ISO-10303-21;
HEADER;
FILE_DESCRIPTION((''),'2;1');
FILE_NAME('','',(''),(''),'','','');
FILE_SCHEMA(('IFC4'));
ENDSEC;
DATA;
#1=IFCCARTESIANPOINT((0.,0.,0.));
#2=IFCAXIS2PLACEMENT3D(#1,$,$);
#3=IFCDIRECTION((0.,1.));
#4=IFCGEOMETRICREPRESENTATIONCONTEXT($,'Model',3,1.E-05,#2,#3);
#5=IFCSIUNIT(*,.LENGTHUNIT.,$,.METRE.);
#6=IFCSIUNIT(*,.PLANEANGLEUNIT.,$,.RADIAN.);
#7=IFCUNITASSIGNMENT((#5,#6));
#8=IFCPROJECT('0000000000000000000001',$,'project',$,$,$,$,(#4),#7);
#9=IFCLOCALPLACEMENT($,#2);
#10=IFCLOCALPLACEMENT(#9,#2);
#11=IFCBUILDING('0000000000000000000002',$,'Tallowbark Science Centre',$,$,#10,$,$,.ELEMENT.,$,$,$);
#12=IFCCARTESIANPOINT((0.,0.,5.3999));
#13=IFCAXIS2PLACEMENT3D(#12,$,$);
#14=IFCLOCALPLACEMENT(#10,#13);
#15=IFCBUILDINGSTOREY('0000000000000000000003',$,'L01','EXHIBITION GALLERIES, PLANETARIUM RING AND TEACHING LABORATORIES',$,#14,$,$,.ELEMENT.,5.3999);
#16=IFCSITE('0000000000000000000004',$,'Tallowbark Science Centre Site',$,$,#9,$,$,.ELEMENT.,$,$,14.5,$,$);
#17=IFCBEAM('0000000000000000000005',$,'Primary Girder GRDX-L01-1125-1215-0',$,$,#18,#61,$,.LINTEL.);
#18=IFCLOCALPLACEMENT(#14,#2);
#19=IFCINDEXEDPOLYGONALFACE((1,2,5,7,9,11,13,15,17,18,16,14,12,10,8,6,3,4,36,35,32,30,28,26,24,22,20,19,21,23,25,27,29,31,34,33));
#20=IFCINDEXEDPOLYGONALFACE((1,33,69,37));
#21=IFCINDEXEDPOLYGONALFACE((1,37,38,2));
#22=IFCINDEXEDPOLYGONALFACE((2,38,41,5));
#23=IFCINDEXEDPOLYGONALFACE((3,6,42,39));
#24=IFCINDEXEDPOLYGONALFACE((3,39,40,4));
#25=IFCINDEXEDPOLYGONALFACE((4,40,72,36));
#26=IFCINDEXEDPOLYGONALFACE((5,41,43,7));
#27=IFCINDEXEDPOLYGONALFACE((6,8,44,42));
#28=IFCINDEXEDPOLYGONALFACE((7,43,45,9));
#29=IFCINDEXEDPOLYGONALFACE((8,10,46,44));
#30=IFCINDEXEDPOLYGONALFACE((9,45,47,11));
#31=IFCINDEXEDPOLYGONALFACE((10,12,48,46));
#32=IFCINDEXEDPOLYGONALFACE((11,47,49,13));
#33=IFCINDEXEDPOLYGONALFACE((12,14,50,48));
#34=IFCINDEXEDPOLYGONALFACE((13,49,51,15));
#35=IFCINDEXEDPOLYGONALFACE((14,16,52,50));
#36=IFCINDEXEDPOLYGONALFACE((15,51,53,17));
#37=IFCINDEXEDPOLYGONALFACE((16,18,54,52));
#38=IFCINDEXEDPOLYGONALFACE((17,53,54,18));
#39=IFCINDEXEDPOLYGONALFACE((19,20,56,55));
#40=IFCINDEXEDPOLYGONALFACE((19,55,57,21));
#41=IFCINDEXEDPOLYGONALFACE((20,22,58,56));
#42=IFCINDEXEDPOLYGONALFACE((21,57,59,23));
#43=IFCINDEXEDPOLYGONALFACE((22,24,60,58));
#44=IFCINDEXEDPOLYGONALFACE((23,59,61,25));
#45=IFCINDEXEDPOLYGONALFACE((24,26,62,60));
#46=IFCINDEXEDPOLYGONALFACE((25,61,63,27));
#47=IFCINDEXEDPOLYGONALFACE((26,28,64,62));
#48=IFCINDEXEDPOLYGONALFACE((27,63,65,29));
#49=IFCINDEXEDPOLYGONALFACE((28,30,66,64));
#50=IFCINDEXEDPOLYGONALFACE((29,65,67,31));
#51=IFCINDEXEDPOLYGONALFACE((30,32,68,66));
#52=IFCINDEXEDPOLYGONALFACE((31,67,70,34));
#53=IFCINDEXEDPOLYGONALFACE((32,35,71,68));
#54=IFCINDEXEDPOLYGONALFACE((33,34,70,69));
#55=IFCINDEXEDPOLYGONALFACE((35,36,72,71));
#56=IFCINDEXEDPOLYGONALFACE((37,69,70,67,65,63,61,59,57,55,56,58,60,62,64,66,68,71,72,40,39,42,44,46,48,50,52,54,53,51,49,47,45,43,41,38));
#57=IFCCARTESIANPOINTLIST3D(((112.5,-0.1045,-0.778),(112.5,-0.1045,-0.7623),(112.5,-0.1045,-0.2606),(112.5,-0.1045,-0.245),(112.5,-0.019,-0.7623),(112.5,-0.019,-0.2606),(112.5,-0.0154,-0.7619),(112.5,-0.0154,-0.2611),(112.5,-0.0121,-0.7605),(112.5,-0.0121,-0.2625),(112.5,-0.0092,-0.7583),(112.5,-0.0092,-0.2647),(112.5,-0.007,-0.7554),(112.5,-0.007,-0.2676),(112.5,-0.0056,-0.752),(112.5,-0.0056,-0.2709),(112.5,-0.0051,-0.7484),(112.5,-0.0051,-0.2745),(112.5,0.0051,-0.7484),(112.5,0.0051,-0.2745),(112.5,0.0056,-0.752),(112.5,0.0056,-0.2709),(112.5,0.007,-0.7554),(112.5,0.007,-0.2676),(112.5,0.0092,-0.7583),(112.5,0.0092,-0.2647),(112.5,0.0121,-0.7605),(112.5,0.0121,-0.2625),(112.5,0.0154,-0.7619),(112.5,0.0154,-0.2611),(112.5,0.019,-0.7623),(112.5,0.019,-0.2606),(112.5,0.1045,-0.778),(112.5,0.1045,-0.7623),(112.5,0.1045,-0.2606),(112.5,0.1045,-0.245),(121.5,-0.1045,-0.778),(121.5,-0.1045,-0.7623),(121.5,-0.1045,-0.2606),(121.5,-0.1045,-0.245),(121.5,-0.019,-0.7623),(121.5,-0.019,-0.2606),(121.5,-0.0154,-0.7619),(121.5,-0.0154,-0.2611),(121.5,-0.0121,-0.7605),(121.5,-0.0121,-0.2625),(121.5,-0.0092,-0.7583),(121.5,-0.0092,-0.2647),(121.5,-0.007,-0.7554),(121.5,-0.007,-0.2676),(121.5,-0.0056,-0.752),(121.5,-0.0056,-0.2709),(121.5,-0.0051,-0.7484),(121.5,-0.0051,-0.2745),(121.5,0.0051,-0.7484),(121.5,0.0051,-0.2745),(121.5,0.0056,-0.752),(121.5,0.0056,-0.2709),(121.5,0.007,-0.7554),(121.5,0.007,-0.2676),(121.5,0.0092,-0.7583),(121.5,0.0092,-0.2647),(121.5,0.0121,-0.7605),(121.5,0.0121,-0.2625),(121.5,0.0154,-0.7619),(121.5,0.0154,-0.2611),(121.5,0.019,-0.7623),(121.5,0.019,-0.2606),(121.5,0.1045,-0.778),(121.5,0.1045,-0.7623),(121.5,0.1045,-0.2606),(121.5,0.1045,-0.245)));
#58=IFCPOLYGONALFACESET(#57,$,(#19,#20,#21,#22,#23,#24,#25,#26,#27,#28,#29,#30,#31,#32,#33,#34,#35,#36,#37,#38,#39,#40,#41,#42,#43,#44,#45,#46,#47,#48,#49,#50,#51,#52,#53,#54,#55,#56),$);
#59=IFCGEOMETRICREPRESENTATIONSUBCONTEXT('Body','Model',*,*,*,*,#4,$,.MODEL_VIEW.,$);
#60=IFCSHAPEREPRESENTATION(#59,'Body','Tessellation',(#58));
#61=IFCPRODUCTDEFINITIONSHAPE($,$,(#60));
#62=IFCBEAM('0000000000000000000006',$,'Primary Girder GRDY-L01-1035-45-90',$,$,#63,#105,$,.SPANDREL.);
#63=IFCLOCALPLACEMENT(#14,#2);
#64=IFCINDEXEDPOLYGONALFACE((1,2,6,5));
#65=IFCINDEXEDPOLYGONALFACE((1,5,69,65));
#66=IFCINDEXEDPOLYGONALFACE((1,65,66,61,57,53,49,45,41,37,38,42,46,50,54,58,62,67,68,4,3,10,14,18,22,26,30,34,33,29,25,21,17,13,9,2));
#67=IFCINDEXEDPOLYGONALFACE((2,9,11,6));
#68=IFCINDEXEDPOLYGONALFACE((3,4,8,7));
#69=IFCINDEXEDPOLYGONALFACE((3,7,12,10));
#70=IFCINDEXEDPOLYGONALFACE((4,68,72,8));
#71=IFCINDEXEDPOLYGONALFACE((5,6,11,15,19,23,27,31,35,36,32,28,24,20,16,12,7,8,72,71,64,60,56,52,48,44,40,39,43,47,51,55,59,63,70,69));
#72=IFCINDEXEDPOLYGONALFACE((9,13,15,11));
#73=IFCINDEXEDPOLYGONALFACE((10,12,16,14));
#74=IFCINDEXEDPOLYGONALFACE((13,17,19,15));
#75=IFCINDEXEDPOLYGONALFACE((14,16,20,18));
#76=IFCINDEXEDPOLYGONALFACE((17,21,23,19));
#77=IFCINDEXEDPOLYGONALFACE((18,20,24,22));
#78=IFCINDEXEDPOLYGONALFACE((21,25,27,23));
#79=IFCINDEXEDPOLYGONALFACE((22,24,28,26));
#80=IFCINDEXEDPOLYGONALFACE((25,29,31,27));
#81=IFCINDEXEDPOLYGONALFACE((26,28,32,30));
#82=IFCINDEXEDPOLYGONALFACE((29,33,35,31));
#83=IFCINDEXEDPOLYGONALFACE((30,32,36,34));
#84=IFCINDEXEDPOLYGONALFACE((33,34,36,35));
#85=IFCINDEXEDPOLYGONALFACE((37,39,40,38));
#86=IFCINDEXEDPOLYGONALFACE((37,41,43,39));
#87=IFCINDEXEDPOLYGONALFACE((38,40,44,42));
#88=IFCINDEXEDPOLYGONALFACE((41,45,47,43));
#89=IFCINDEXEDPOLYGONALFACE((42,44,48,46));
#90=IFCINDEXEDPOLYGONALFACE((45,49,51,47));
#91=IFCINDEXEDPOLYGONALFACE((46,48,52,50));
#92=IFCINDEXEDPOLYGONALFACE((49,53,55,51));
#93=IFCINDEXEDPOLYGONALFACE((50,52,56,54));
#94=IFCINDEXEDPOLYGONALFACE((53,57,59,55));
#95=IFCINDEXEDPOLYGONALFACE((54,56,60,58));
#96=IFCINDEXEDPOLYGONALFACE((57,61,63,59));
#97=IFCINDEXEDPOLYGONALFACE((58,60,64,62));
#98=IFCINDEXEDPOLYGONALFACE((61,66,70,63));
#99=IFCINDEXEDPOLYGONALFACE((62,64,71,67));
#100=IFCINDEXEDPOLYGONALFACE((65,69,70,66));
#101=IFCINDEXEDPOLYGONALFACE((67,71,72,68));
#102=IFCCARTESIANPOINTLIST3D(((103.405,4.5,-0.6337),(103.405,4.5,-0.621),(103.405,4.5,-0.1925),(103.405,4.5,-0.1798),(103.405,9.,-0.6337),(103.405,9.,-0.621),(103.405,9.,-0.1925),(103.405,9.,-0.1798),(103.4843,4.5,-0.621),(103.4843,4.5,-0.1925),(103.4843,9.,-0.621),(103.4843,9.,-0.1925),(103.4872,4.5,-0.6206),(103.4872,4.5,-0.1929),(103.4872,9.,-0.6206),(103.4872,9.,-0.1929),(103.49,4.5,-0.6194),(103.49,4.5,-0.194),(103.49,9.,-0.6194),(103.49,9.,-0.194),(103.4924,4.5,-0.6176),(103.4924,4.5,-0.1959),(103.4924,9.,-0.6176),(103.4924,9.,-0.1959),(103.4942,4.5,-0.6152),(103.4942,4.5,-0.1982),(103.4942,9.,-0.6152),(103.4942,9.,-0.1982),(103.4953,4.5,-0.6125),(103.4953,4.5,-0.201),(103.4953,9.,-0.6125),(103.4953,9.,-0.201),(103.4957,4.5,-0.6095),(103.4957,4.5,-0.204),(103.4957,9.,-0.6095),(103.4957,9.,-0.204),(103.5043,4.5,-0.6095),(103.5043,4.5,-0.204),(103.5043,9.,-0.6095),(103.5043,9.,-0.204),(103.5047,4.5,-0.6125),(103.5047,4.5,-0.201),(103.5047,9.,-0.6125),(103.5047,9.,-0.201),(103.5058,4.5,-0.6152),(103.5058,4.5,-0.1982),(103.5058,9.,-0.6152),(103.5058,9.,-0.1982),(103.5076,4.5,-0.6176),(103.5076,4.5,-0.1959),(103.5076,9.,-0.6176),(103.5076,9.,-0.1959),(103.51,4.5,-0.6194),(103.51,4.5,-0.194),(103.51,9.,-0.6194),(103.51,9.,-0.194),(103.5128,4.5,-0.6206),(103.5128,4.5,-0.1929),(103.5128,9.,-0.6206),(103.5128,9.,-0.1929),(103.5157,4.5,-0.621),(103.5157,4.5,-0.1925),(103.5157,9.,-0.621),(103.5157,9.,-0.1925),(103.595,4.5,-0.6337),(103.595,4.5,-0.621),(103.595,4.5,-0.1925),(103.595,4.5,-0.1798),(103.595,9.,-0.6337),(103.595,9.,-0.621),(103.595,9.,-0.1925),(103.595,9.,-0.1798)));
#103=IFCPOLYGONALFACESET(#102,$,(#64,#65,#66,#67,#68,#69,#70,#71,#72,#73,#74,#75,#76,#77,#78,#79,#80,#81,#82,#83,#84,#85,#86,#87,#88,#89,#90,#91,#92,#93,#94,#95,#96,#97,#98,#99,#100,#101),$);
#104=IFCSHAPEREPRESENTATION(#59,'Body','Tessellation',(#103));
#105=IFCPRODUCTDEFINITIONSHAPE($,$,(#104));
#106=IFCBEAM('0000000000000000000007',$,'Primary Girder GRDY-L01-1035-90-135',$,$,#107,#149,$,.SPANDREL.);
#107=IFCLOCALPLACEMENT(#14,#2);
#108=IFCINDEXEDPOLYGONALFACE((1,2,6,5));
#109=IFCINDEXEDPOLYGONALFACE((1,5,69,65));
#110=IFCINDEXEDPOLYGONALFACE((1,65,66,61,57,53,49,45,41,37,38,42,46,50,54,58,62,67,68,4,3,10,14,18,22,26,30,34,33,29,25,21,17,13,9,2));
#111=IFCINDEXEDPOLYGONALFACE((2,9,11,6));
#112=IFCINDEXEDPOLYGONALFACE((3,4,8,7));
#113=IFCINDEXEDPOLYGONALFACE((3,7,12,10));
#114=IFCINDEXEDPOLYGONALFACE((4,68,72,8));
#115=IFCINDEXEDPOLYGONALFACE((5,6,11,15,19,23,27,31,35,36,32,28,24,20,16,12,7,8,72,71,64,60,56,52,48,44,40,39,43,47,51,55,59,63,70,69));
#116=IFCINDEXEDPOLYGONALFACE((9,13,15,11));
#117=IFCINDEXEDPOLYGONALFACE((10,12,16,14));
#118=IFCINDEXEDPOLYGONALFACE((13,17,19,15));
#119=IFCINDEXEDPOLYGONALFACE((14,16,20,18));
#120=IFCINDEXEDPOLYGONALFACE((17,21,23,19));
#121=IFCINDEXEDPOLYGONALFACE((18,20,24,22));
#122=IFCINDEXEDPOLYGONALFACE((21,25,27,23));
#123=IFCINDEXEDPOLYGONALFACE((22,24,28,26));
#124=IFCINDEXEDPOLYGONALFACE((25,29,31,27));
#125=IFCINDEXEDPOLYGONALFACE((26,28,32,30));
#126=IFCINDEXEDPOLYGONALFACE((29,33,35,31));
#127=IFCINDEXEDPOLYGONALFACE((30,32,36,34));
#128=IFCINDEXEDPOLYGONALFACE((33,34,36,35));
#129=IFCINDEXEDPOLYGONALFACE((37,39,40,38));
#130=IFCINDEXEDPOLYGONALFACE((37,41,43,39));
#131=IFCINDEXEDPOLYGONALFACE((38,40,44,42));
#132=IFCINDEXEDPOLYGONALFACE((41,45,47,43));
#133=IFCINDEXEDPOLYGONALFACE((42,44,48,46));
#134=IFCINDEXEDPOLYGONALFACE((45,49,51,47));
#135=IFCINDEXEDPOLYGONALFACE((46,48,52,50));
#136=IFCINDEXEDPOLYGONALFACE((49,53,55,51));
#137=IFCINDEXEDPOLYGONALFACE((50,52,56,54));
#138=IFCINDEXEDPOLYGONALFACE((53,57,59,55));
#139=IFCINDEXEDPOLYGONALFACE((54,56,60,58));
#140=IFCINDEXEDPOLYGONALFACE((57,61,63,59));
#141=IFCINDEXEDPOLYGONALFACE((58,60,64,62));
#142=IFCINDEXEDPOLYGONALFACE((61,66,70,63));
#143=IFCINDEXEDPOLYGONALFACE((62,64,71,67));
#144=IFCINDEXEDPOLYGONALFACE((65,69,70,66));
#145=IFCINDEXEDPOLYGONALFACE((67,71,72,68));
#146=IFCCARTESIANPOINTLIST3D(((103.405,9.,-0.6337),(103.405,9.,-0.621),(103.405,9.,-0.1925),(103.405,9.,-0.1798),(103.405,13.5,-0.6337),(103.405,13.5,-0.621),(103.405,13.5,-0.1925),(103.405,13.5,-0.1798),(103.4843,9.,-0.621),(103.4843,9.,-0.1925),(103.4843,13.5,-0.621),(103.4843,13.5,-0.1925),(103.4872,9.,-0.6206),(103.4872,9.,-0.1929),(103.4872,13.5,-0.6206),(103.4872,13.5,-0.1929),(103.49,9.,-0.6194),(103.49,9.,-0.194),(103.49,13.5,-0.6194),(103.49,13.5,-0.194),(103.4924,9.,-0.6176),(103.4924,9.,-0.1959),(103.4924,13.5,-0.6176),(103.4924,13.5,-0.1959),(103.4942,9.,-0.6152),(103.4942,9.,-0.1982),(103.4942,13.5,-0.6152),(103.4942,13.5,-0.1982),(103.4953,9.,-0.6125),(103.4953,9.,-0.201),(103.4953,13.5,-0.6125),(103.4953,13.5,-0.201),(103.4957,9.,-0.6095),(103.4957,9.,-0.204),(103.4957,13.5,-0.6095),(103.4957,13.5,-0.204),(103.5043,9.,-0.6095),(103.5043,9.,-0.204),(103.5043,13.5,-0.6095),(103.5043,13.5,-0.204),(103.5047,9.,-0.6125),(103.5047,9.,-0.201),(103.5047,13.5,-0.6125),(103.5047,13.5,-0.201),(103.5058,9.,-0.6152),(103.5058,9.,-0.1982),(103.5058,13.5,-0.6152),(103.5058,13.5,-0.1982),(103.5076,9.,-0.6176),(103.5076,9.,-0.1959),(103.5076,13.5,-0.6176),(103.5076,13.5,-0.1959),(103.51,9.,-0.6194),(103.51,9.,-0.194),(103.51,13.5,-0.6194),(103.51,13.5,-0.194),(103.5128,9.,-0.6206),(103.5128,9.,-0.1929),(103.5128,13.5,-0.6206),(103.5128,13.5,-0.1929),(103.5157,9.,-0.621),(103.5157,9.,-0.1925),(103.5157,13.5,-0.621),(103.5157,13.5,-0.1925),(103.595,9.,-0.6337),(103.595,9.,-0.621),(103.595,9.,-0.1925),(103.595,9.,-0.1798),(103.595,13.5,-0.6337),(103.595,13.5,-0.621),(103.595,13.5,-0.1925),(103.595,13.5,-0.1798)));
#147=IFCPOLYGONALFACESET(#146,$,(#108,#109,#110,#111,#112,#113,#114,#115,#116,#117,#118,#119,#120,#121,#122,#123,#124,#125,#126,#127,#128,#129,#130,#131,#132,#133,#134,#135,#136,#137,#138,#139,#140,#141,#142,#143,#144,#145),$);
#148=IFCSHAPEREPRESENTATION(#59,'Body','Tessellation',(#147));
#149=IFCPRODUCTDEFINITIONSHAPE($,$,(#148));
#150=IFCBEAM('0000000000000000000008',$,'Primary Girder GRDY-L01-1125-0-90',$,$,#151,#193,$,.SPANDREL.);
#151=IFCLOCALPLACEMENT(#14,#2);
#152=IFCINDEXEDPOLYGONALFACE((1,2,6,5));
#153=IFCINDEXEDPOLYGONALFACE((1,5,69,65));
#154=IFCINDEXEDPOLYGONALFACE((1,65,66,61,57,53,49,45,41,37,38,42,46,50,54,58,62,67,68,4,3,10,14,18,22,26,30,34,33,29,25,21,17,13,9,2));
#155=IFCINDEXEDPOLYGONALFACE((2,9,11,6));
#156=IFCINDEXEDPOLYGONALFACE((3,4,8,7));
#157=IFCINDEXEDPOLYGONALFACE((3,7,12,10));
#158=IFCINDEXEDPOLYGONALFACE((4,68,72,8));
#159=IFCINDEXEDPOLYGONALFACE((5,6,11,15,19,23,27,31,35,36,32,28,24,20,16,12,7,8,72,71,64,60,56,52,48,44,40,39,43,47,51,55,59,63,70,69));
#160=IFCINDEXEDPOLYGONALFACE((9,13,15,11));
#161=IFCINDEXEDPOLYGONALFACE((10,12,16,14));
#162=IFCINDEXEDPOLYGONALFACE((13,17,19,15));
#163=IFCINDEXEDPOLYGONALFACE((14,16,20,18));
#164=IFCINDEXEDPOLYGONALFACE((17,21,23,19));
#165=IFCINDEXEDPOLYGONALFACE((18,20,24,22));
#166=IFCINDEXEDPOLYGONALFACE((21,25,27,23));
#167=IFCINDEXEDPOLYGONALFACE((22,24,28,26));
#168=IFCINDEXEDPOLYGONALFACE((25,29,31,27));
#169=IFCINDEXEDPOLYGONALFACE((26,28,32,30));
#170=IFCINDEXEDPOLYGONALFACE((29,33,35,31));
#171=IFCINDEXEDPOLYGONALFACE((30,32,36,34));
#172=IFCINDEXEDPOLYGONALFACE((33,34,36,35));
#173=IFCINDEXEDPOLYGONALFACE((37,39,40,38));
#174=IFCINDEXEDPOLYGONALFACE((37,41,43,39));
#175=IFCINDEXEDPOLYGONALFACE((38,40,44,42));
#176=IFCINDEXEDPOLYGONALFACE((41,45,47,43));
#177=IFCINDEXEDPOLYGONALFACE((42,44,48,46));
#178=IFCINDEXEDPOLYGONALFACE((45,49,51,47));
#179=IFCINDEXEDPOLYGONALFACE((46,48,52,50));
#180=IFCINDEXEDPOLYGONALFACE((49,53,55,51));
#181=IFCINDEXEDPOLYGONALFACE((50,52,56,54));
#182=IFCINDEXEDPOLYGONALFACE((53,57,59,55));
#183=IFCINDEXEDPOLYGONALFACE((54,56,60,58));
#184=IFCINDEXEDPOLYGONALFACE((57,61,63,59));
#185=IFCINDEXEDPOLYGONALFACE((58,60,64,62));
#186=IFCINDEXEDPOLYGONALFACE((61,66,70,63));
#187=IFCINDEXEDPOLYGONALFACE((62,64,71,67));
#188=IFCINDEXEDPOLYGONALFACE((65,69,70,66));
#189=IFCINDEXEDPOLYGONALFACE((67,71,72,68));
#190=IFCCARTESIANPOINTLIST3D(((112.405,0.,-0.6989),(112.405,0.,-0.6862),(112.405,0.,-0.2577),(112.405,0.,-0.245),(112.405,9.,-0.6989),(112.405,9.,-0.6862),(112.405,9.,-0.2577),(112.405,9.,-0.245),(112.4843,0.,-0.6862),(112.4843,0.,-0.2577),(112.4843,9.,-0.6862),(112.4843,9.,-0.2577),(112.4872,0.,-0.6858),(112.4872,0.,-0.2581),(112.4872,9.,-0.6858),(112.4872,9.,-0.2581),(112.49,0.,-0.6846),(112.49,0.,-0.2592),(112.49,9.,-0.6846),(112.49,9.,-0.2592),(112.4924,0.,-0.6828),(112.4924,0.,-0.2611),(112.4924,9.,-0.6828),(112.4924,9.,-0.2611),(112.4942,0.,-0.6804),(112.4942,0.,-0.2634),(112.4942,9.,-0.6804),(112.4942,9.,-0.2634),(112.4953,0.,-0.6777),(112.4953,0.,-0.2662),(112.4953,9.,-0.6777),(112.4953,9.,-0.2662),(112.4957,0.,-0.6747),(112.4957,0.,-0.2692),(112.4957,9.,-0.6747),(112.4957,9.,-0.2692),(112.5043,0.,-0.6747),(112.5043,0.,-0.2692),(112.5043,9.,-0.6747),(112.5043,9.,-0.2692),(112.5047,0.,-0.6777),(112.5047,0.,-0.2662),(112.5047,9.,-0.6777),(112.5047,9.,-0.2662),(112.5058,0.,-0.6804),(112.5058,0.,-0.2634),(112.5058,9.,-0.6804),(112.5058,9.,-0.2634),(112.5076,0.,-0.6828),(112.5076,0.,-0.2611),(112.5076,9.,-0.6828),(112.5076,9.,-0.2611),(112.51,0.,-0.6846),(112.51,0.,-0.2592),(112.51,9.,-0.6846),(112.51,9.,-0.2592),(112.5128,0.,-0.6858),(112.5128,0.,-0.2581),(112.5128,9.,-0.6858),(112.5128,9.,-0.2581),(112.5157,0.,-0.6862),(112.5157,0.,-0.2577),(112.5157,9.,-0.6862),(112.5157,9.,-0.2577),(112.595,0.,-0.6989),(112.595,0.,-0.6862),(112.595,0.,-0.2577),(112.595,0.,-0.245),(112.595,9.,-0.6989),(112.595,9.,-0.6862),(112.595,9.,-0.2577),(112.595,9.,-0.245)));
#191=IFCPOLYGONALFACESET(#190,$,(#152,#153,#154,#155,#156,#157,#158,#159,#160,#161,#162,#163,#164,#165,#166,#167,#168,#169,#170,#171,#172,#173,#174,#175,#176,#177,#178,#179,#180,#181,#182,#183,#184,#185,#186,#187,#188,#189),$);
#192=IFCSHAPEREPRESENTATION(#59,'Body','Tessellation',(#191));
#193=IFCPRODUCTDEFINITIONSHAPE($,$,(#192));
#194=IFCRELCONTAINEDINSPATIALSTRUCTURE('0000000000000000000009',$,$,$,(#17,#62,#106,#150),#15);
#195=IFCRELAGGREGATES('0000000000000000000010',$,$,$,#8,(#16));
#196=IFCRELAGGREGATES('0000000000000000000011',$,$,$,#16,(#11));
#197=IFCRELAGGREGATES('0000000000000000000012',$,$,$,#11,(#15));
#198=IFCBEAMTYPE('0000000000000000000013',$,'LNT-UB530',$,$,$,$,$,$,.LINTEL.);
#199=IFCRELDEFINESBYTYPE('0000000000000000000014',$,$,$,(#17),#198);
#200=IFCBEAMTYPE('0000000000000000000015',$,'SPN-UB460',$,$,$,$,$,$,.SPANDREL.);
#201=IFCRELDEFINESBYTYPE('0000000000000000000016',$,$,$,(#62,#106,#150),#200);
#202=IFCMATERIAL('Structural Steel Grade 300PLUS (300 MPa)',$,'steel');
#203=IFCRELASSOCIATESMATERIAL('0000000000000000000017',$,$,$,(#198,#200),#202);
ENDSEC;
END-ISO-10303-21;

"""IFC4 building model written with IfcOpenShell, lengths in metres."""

from ifc_helpers import new_model, si_unit, direction, frame, origin, origin_2d, place, context, subcontext, project, spatial, i_section, extrude, material, material_profile, profile_set, type_object, element, save


model = new_model("IFC4")

# Units and contexts
model_context = context("Model", 3, precision=1e-05, world=origin(), true_north=direction((0.0, 1.0)))
body_context = subcontext(model_context, "Body", "Model", "MODEL_VIEW")
ifc_project = project(units=[si_unit("LENGTHUNIT", "METRE"), si_unit("PLANEANGLEUNIT", "RADIAN")], contexts=[model_context])

# Site, building, storey
site_placement = place(None, origin())
site = spatial("IfcSite", under=ifc_project, at=site_placement, Name="Tallowbark Science Centre Site", CompositionType="ELEMENT", RefElevation=14.5)
building_placement = place(site_placement, origin())
building = spatial("IfcBuilding", under=site, at=building_placement, Name="Tallowbark Science Centre", CompositionType="ELEMENT")
storey_placement = place(building_placement, frame((0.0, 0.0, 5.3999)))
storey = spatial("IfcBuildingStorey", under=building, at=storey_placement, Name="L01", Description="EXHIBITION GALLERIES, PLANETARIUM RING AND TEACHING LABORATORIES", CompositionType="ELEMENT", Elevation=5.3999)

# Shared definitions
ifc_material_1 = material(Name="Structural Steel Grade 300PLUS (300 MPa)", Category="steel")

# Beams
ifc_material_profile_1 = material_profile(ifc_material_1, i_section(OverallWidth=0.209, OverallDepth=0.533, WebThickness=0.0103, FlangeThickness=0.0156, FilletRadius=0.0139, at=origin_2d()), Name="530UB92.4")
ifc_profile_set_1 = profile_set([ifc_material_profile_1], Name="Structural Steel Grade 300PLUS (300 MPa)")
beam_type_1 = type_object("IfcBeamType", Name="LNT-UB530", PredefinedType="LINTEL", material=ifc_profile_set_1)
beam_placement = place(storey_placement, frame((112.5, 0.0, -0.5115), z_axis=(1.0, 0.0, 0.0), x_axis=(0.0, 1.0, 0.0)))
element("IfcBeam", 1, at=beam_placement, inside=storey, type_object=beam_type_1, Name="Primary Girder GRDX-L01-1125-1215-0", PredefinedType="LINTEL", context=body_context, shape_type="SweptSolid", body=[
    extrude(i_section(OverallWidth=0.209, OverallDepth=0.533, WebThickness=0.0103, FlangeThickness=0.0156, FilletRadius=0.0139, at=origin_2d()), origin(), (0.0, 0.0, 1.0), 9.0),
])
ifc_material_profile_2 = material_profile(ifc_material_1, i_section(OverallWidth=0.1899, OverallDepth=0.4539, WebThickness=0.0085, FlangeThickness=0.0127, FilletRadius=0.0115, at=origin_2d()), Name="460UB67.1")
ifc_profile_set_2 = profile_set([ifc_material_profile_2], Name="Structural Steel Grade 300PLUS (300 MPa)")
beam_type_2 = type_object("IfcBeamType", Name="SPN-UB460", PredefinedType="SPANDREL", material=ifc_profile_set_2)
for number, where, z_axis, x_axis, name in (
    (2, (103.5, 4.5, -0.4067), (0.0, 1.0, 0.0), (-1.0, 0.0, 0.0), "Primary Girder GRDY-L01-1035-45-90"),
    (3, (103.5, 9.0, -0.4067), (0.0, 1.0, 0.0), (-1.0, 0.0, 0.0), "Primary Girder GRDY-L01-1035-90-135"),
):
    element("IfcBeam", number, at=place(storey_placement, frame(where, z_axis=z_axis, x_axis=x_axis)), inside=storey, type_object=beam_type_2, Name=name, PredefinedType="SPANDREL", context=body_context, shape_type="SweptSolid", body=[
        extrude(i_section(OverallWidth=0.1899, OverallDepth=0.4539, WebThickness=0.0085, FlangeThickness=0.0127, FilletRadius=0.0115, at=origin_2d()), origin(), (0.0, 0.0, 1.0), 4.5),
    ])
for number, where, z_axis, x_axis, name in (
    (4, (112.5, 0.0, -0.4719), (0.0, 1.0, 0.0), (-1.0, 0.0, 0.0), "Primary Girder GRDY-L01-1125-0-90"),
):
    element("IfcBeam", number, at=place(storey_placement, frame(where, z_axis=z_axis, x_axis=x_axis)), inside=storey, type_object=beam_type_2, Name=name, PredefinedType="SPANDREL", context=body_context, shape_type="SweptSolid", body=[
        extrude(i_section(OverallWidth=0.1899, OverallDepth=0.4539, WebThickness=0.0085, FlangeThickness=0.0127, FilletRadius=0.0115, at=origin_2d()), origin(), (0.0, 0.0, 1.0), 9.0),
    ])

save(model, "model.ifc")
